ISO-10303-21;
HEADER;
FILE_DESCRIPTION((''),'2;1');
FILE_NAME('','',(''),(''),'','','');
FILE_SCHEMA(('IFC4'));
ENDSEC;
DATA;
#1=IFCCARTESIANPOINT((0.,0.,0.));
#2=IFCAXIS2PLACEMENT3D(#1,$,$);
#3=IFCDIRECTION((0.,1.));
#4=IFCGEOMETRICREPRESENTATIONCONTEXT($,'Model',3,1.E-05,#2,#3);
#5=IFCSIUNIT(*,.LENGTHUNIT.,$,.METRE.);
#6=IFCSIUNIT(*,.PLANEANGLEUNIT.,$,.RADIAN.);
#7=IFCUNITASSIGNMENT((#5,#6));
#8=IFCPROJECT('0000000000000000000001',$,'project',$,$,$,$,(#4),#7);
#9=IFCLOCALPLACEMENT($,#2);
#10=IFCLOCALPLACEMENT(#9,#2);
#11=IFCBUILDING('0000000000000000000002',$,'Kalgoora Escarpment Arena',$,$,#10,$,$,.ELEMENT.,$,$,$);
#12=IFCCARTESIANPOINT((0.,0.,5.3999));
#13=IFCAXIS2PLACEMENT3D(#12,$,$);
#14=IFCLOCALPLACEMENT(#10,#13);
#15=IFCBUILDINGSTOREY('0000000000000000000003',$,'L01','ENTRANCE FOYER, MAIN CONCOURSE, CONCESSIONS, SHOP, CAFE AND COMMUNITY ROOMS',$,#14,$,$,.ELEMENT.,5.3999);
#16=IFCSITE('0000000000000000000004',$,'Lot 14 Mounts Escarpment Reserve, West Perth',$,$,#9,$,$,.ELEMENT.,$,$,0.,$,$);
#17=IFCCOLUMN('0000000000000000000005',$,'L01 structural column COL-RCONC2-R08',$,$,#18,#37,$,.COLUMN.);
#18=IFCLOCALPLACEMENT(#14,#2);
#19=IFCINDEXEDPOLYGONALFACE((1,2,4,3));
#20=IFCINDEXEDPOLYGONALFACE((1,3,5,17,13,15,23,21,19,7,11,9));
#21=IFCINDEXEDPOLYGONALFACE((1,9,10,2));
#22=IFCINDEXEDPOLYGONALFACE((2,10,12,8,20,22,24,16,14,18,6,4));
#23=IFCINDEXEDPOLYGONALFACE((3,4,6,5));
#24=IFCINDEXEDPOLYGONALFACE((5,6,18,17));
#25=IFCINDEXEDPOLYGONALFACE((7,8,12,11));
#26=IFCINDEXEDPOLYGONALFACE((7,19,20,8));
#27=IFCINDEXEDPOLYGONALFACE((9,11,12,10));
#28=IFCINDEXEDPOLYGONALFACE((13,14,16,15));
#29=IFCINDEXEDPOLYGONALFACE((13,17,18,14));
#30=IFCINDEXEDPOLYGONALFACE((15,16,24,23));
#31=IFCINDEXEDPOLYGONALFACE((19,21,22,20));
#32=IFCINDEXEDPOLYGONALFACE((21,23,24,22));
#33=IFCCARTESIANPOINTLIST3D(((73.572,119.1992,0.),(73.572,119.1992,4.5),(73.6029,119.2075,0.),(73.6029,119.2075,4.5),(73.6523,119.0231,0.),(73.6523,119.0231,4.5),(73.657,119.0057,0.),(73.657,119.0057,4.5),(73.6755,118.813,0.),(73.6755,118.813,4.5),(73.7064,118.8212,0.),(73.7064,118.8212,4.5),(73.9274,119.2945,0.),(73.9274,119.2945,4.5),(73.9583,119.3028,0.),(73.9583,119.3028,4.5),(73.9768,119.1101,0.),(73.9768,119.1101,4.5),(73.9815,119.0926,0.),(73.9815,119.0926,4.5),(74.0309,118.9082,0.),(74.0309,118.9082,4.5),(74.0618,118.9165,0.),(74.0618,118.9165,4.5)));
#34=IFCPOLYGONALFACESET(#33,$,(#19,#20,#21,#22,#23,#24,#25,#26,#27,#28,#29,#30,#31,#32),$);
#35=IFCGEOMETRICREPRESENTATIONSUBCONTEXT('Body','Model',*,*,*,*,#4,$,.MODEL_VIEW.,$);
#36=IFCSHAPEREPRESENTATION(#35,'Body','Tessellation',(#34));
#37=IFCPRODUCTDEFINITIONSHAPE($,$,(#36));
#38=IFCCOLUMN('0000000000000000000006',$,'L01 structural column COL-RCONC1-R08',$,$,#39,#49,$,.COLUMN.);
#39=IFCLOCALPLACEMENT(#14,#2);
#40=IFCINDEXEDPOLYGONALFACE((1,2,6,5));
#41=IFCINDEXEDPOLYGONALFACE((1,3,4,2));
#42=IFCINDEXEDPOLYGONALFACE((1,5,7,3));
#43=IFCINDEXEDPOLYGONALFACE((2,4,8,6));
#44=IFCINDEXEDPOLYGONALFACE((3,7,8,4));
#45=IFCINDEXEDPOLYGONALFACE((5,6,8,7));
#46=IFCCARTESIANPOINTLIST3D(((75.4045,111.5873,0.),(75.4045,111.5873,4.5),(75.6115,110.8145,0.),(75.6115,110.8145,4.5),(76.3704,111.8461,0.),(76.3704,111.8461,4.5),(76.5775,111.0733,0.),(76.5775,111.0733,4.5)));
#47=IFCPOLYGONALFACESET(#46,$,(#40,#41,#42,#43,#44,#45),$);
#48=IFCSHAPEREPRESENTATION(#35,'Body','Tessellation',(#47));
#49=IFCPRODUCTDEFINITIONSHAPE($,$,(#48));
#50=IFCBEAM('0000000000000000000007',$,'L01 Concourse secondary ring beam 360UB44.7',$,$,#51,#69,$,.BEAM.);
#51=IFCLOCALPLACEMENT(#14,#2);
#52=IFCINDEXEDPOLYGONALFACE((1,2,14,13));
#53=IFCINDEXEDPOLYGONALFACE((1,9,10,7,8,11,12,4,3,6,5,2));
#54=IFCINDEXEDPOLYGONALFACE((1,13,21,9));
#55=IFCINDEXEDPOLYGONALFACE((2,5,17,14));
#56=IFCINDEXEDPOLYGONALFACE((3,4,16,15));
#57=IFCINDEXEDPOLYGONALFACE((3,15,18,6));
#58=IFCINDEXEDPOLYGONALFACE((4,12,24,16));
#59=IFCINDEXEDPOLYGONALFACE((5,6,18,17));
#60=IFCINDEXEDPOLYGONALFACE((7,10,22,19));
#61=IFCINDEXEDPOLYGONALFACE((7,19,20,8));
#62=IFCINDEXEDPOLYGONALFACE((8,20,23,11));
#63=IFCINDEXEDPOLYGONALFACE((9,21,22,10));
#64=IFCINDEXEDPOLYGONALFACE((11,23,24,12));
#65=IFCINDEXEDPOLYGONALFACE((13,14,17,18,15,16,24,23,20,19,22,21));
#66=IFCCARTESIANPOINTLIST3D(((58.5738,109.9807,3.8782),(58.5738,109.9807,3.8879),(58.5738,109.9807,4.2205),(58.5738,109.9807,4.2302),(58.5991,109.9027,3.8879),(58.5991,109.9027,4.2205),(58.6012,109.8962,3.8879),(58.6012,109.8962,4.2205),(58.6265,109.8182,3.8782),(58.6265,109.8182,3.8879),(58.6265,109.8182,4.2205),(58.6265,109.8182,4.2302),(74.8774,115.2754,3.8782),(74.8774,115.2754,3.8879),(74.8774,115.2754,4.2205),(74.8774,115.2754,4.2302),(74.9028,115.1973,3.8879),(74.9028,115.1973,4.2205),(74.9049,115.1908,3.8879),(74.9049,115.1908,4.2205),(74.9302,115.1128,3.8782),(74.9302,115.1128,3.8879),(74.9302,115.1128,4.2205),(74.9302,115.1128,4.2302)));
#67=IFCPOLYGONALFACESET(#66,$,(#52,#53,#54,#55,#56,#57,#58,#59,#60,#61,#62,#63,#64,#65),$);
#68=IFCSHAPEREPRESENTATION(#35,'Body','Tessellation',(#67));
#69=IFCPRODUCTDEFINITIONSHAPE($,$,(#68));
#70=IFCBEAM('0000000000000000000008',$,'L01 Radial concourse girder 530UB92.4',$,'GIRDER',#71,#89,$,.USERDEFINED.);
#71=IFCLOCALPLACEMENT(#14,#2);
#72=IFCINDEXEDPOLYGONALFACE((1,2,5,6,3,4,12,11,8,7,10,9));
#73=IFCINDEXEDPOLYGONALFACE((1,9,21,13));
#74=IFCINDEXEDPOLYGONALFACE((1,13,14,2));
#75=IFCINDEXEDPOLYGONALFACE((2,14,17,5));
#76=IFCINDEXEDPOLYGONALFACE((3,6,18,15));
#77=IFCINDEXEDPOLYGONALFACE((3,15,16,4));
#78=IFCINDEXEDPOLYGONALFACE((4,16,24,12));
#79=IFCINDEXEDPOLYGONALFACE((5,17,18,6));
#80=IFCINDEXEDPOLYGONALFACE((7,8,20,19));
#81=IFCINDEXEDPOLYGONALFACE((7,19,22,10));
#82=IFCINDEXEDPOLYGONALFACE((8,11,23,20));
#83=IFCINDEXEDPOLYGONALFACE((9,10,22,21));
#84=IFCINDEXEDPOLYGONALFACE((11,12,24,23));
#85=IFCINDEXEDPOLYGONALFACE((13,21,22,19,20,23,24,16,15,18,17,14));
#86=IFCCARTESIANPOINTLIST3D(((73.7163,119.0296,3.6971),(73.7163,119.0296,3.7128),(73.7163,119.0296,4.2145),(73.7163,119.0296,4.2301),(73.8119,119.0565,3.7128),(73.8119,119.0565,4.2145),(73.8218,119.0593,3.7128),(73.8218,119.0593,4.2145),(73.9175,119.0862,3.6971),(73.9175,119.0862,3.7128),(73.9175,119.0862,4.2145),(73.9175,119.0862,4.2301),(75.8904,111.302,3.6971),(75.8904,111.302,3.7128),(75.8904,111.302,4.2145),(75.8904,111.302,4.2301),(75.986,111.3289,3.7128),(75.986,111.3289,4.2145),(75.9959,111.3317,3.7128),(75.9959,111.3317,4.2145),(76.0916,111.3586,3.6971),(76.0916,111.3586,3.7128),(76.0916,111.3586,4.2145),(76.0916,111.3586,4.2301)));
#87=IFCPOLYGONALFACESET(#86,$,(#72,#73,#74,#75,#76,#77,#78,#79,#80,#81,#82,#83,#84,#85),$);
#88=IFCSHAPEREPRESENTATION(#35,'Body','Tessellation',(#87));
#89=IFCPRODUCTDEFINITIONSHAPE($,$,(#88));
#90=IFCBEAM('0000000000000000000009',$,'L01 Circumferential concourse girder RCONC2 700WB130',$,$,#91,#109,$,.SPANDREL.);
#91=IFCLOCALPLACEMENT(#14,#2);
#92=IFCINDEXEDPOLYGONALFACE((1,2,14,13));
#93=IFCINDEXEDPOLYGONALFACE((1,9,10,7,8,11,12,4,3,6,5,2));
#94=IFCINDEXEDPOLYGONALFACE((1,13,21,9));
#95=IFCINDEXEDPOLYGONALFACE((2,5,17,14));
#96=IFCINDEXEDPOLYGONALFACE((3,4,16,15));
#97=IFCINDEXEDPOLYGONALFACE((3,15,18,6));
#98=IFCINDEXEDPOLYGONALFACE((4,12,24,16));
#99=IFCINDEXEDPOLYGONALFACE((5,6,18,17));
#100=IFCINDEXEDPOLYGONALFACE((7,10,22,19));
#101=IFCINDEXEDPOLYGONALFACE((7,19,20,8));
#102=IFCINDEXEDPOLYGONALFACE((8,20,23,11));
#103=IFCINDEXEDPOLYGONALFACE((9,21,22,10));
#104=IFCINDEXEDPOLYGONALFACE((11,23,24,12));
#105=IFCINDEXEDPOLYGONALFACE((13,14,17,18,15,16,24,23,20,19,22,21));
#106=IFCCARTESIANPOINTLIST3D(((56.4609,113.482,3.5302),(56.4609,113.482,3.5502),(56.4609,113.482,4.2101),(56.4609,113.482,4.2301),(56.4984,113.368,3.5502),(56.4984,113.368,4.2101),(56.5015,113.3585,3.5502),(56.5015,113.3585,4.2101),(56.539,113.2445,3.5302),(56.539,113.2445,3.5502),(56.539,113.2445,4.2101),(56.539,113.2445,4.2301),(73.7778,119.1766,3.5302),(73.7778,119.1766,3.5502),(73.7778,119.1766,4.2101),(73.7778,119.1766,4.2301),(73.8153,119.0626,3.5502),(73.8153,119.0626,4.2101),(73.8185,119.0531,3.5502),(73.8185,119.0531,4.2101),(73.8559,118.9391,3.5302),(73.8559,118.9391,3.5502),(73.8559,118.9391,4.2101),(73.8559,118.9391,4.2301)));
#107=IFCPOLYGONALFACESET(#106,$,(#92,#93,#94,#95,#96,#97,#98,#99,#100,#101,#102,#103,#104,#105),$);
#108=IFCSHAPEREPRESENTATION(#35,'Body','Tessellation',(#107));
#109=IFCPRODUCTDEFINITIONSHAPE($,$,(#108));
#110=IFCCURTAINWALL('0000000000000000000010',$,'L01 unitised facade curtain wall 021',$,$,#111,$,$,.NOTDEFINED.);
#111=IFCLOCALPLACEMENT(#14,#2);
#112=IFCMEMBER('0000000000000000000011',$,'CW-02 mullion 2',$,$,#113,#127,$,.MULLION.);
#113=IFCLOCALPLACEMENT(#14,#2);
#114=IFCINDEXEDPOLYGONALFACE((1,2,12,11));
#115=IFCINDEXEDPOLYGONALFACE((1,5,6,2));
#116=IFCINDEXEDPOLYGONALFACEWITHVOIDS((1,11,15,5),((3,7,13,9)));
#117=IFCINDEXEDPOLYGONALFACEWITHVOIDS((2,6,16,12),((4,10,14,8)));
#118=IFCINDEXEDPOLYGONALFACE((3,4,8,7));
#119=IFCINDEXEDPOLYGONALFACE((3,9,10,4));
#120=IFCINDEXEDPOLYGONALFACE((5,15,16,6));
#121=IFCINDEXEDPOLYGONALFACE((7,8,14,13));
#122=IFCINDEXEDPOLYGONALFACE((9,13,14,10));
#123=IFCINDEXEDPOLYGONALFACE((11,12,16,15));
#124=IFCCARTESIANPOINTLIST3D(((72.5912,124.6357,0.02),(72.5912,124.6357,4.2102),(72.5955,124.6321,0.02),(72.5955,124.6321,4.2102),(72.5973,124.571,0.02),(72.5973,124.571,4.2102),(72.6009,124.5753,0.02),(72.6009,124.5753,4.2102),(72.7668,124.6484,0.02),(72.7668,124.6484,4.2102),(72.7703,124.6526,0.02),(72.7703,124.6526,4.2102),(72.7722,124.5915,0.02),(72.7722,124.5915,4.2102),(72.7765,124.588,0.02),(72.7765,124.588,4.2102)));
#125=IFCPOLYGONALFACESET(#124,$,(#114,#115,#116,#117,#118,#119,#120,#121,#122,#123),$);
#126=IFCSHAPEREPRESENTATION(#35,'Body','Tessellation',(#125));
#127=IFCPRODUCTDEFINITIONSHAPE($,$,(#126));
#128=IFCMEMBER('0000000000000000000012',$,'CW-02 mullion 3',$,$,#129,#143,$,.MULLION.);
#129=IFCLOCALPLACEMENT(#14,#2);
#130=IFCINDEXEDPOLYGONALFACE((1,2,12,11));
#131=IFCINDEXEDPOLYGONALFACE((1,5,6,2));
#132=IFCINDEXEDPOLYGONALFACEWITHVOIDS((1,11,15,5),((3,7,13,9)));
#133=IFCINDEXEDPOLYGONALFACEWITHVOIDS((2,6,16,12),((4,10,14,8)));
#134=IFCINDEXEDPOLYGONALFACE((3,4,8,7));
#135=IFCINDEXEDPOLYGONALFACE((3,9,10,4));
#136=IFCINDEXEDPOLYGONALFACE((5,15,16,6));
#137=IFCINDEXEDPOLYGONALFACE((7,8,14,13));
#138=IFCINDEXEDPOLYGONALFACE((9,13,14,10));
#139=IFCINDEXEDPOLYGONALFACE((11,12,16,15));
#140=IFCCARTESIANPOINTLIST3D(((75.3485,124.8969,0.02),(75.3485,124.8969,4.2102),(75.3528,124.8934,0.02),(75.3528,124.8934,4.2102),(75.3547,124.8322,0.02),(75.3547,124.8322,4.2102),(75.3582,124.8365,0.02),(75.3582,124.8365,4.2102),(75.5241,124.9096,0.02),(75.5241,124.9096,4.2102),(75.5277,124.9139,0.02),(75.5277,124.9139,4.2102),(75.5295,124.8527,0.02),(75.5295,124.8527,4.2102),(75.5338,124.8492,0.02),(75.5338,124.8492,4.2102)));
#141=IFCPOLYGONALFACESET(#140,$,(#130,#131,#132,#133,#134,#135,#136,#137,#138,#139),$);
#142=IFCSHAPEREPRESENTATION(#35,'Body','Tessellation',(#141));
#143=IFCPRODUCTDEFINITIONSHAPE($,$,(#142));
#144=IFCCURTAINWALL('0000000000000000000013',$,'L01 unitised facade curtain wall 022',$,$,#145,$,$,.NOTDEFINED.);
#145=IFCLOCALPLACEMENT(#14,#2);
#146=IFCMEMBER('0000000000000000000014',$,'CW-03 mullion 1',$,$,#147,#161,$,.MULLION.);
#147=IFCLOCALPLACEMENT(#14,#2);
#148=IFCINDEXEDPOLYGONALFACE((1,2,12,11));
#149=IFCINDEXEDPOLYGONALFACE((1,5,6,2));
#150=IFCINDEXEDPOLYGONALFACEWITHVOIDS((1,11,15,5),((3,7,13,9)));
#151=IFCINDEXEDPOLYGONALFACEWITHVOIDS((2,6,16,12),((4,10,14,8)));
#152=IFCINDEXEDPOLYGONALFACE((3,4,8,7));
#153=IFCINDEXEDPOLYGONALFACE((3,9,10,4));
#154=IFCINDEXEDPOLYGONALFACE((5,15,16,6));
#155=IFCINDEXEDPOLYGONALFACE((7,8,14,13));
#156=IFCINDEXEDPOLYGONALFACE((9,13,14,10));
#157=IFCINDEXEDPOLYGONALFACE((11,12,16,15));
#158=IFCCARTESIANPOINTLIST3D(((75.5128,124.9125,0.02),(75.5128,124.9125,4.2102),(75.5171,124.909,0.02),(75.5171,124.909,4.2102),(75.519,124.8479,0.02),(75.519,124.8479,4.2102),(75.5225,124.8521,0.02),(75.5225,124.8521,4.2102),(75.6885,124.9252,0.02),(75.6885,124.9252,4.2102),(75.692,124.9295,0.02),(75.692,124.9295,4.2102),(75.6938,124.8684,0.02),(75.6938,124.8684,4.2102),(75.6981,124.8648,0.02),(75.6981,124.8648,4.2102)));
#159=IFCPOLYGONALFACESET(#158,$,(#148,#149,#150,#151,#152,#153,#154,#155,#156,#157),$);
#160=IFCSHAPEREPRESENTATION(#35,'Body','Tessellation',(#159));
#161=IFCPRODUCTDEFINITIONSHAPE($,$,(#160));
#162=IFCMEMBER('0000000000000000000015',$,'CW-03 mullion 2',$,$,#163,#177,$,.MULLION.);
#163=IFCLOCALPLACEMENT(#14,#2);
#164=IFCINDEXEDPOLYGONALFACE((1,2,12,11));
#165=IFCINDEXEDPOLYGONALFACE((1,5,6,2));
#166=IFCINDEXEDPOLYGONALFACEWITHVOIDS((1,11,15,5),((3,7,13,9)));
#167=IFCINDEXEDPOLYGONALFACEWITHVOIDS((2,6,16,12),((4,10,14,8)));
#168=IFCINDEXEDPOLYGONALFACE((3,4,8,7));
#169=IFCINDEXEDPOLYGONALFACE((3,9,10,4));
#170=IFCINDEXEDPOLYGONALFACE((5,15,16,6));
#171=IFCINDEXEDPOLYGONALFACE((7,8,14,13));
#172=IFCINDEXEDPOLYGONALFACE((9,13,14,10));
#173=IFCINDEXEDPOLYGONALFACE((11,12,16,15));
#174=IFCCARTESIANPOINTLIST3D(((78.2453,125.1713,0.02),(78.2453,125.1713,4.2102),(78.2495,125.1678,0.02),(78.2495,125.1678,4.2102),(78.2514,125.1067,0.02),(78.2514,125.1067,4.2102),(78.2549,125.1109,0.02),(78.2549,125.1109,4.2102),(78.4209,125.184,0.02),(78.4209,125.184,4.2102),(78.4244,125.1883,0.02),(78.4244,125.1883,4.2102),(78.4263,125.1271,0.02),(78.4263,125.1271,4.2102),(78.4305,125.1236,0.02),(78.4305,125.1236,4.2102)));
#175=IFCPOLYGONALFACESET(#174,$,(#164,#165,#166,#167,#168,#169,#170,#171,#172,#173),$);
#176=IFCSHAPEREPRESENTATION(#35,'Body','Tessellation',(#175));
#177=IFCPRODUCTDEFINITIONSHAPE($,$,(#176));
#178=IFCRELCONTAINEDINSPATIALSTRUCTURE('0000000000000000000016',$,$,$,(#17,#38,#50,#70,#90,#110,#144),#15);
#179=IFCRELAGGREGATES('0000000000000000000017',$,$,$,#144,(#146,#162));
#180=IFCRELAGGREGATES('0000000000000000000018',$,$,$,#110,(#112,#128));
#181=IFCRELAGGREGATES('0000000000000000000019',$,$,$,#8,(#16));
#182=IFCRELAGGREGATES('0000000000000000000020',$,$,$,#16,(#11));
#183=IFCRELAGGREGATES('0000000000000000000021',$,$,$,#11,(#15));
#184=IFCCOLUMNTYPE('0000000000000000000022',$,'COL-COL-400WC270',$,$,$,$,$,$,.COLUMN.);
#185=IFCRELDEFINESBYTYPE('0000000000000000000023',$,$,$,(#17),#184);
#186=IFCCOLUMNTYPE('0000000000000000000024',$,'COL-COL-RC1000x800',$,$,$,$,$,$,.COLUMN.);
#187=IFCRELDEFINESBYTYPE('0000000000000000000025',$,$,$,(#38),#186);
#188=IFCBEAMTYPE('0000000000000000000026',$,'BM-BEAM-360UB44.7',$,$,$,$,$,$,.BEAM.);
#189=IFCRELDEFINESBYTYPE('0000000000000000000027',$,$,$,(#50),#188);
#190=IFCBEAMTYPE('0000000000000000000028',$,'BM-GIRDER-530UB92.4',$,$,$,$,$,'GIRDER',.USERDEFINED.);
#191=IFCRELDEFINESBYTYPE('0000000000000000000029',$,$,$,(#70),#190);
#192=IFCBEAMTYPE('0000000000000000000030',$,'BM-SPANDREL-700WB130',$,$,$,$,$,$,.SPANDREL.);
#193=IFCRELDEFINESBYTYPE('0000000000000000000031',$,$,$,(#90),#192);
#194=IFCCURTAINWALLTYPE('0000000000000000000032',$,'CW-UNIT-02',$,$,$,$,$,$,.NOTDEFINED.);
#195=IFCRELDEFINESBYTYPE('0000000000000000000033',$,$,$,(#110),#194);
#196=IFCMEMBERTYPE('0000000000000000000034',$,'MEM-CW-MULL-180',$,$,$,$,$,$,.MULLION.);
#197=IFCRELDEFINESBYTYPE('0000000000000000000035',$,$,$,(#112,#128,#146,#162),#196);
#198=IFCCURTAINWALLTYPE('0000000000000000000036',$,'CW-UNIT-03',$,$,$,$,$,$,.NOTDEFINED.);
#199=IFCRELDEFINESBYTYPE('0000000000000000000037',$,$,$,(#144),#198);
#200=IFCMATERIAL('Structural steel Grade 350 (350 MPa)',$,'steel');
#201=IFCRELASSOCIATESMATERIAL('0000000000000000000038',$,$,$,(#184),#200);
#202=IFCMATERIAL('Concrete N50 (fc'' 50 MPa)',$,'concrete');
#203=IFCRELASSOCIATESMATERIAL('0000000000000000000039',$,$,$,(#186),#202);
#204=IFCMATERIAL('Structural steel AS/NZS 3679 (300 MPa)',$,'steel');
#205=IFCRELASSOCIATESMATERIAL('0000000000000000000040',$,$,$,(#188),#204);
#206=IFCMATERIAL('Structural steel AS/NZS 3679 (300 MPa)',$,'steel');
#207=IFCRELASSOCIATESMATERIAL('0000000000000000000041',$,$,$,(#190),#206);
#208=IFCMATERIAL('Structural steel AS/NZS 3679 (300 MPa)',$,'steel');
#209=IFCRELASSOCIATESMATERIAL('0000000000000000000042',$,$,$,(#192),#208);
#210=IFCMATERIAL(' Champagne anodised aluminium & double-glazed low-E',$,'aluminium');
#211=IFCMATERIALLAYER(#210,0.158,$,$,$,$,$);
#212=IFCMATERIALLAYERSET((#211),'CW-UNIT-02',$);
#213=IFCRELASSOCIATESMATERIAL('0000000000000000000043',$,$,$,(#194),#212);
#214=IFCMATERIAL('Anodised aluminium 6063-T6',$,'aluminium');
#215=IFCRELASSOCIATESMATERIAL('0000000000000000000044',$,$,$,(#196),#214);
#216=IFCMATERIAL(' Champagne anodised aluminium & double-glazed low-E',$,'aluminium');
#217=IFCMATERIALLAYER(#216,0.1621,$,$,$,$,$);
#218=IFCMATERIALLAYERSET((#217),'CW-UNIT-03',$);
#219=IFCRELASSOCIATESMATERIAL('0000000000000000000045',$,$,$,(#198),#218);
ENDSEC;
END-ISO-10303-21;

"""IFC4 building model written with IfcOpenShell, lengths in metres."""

from ifc_helpers import new_model, si_unit, direction, frame, origin, origin_2d, place, context, subcontext, project, spatial, rectangle, hollow_rectangle, i_section, extrude, material, layer, layer_set, material_profile, profile_set, type_object, element, aggregate, save


model = new_model("IFC4")

# Units and contexts
model_context = context("Model", 3, precision=1e-05, world=origin(), true_north=direction((0.0, 1.0)))
body_context = subcontext(model_context, "Body", "Model", "MODEL_VIEW")
ifc_project = project(units=[si_unit("LENGTHUNIT", "METRE"), si_unit("PLANEANGLEUNIT", "RADIAN")], contexts=[model_context])

# Site, building, storey
site_placement = place(None, origin())
site = spatial("IfcSite", under=ifc_project, at=site_placement, Name="Lot 14 Mounts Escarpment Reserve, West Perth", CompositionType="ELEMENT", RefElevation=0.0)
building_placement = place(site_placement, origin())
building = spatial("IfcBuilding", under=site, at=building_placement, Name="Kalgoora Escarpment Arena", CompositionType="ELEMENT")
storey_placement = place(building_placement, frame((0.0, 0.0, 5.3999)))
storey = spatial("IfcBuildingStorey", under=building, at=storey_placement, Name="L01", Description="ENTRANCE FOYER, MAIN CONCOURSE, CONCESSIONS, SHOP, CAFE AND COMMUNITY ROOMS", CompositionType="ELEMENT", Elevation=5.3999)

# Columns
ifc_material_1 = material(Name="Structural steel Grade 350 (350 MPa)", Category="steel")
ifc_material_profile_1 = material_profile(ifc_material_1, i_section(OverallWidth=0.3999, OverallDepth=0.3999, WebThickness=0.0181, FlangeThickness=0.032, at=origin_2d()))
ifc_profile_set_1 = profile_set([ifc_material_profile_1], Name="Structural steel Grade 350 (350 MPa)")
column_type_1 = type_object("IfcColumnType", Name="COL-COL-400WC270", PredefinedType="COLUMN", material=ifc_profile_set_1)
column_1_placement = place(storey_placement, frame((73.8169, 119.0579, 0.0), z_axis=(0.0, 0.0, 1.0), x_axis=(-0.258819, 0.965926, 0.0)))
element("IfcColumn", 1, at=column_1_placement, inside=storey, type_object=column_type_1, Name="L01 structural column COL-RCONC2-R08", PredefinedType="COLUMN", context=body_context, shape_type="SweptSolid", body=[
    extrude(i_section(OverallWidth=0.3999, OverallDepth=0.3999, WebThickness=0.0181, FlangeThickness=0.032, at=origin_2d()), origin(), (0.0, 0.0, 1.0), 4.5),
])
ifc_material_2 = material(Name="Concrete N50 (fc' 50 MPa)", Category="concrete")
ifc_material_profile_2 = material_profile(ifc_material_2, rectangle(XDim=0.8, YDim=1.0, at=origin_2d()))
ifc_profile_set_2 = profile_set([ifc_material_profile_2], Name="Concrete N50 (fc' 50 MPa)")
column_type_2 = type_object("IfcColumnType", Name="COL-COL-RC1000x800", PredefinedType="COLUMN", material=ifc_profile_set_2)
column_2_placement = place(storey_placement, frame((75.991, 111.3303, 0.0), z_axis=(0.0, 0.0, 1.0), x_axis=(-0.258819, 0.965926, 0.0)))
element("IfcColumn", 2, at=column_2_placement, inside=storey, type_object=column_type_2, Name="L01 structural column COL-RCONC1-R08", PredefinedType="COLUMN", context=body_context, shape_type="SweptSolid", body=[
    extrude(rectangle(XDim=0.8, YDim=1.0, at=origin_2d()), origin(), (0.0, 0.0, 1.0), 4.5),
])

# Beams
ifc_material_3 = material(Name="Structural steel AS/NZS 3679 (300 MPa)", Category="steel")
ifc_material_profile_3 = material_profile(ifc_material_3, i_section(OverallWidth=0.1709, OverallDepth=0.3521, WebThickness=0.0068, FlangeThickness=0.0098, at=origin_2d()))
ifc_profile_set_3 = profile_set([ifc_material_profile_3], Name="Structural steel AS/NZS 3679 (300 MPa)")
beam_type_1 = type_object("IfcBeamType", Name="BM-BEAM-360UB44.7", PredefinedType="BEAM", material=ifc_profile_set_3)
beam_1_placement = place(storey_placement, frame((74.9038, 115.1941, 4.0542), z_axis=(-0.951103, -0.308874, 0.0), x_axis=(0.308874, -0.951103, 0.0)))
element("IfcBeam", 3, at=beam_1_placement, inside=storey, type_object=beam_type_1, Name="L01 Concourse secondary ring beam 360UB44.7", PredefinedType="BEAM", context=body_context, shape_type="SweptSolid", body=[
    extrude(i_section(OverallWidth=0.1709, OverallDepth=0.3521, WebThickness=0.0068, FlangeThickness=0.0098, at=origin_2d()), origin(), (0.0, 0.0, 1.0), 17.1418),
])
ifc_material_4 = material(Name="Structural steel AS/NZS 3679 (300 MPa)", Category="steel")
ifc_material_profile_4 = material_profile(ifc_material_4, i_section(OverallWidth=0.209, OverallDepth=0.533, WebThickness=0.0103, FlangeThickness=0.0156, at=origin_2d()))
ifc_profile_set_4 = profile_set([ifc_material_profile_4], Name="Structural steel AS/NZS 3679 (300 MPa)")
beam_type_2 = type_object("IfcBeamType", Name="BM-GIRDER-530UB92.4", ElementType="GIRDER", PredefinedType="USERDEFINED", material=ifc_profile_set_4)
beam_2_placement = place(storey_placement, frame((75.991, 111.3303, 3.9636), z_axis=(-0.270827, 0.962628, 0.0), x_axis=(-0.962628, -0.270827, 0.0)))
element("IfcBeam", 4, at=beam_2_placement, inside=storey, type_object=beam_type_2, Name="L01 Radial concourse girder 530UB92.4", ObjectType="GIRDER", PredefinedType="USERDEFINED", context=body_context, shape_type="SweptSolid", body=[
    extrude(i_section(OverallWidth=0.209, OverallDepth=0.533, WebThickness=0.0103, FlangeThickness=0.0156, at=origin_2d()), origin(), (0.0, 0.0, 1.0), 8.0276),
])
ifc_material_5 = material(Name="Structural steel AS/NZS 3679 (300 MPa)", Category="steel")
ifc_material_profile_5 = material_profile(ifc_material_5, i_section(OverallWidth=0.25, OverallDepth=0.7, WebThickness=0.01, FlangeThickness=0.02, at=origin_2d()))
ifc_profile_set_5 = profile_set([ifc_material_profile_5], Name="Structural steel AS/NZS 3679 (300 MPa)")
beam_type_3 = type_object("IfcBeamType", Name="BM-SPANDREL-700WB130", PredefinedType="SPANDREL", material=ifc_profile_set_5)
beam_3_placement = place(storey_placement, frame((73.8169, 119.0579, 3.8801), z_axis=(-0.949955, -0.312388, 0.0), x_axis=(0.312388, -0.949955, 0.0)))
element("IfcBeam", 5, at=beam_3_placement, inside=storey, type_object=beam_type_3, Name="L01 Circumferential concourse girder RCONC2 700WB130", PredefinedType="SPANDREL", context=body_context, shape_type="SweptSolid", body=[
    extrude(i_section(OverallWidth=0.25, OverallDepth=0.7, WebThickness=0.01, FlangeThickness=0.02, at=origin_2d()), origin(), (0.0, 0.0, 1.0), 18.2292),
])

# Curtain walls, members
ifc_material_6 = material(Name=" Champagne anodised aluminium & double-glazed low-E", Category="aluminium")
ifc_layer_1 = layer(ifc_material_6, 0.158)
ifc_layer_set_1 = layer_set([ifc_layer_1], Name="CW-UNIT-02")
curtain_wall_type_1 = type_object("IfcCurtainWallType", Name="CW-UNIT-02", PredefinedType="NOTDEFINED", material=ifc_layer_set_1)
curtain_wall_1_placement = place(storey_placement, origin())
curtain_wall_1 = element("IfcCurtainWall", 6, at=curtain_wall_1_placement, inside=storey, type_object=curtain_wall_type_1, Name="L01 unitised facade curtain wall 021", PredefinedType="NOTDEFINED")
ifc_material_7 = material(Name="Anodised aluminium 6063-T6", Category="aluminium")
ifc_material_profile_6 = material_profile(ifc_material_7, hollow_rectangle(XDim=0.0649, YDim=0.1799, WallThickness=0.0039, at=origin_2d()))
ifc_profile_set_6 = profile_set([ifc_material_profile_6], Name="Anodised aluminium 6063-T6")
member_type_1 = type_object("IfcMemberType", Name="MEM-CW-MULL-180", PredefinedType="MULLION", material=ifc_profile_set_6)
member_1_placement = place(storey_placement, frame((72.6838, 124.6118, 0.02), z_axis=(0.0, 0.0, 1.0), x_axis=(-0.094316, 0.995542, 0.0)))
member_1 = element("IfcMember", 7, at=member_1_placement, type_object=member_type_1, Name="CW-02 mullion 2", PredefinedType="MULLION", context=body_context, shape_type="SweptSolid", body=[
    extrude(hollow_rectangle(XDim=0.0649, YDim=0.1799, WallThickness=0.0039, at=origin_2d()), origin(), (0.0, 0.0, 1.0), 4.1902),
])
member_2_placement = place(storey_placement, frame((75.4412, 124.873, 0.02), z_axis=(0.0, 0.0, 1.0), x_axis=(-0.094316, 0.995542, 0.0)))
member_2 = element("IfcMember", 8, at=member_2_placement, type_object=member_type_1, Name="CW-02 mullion 3", PredefinedType="MULLION", context=body_context, shape_type="SweptSolid", body=[
    extrude(hollow_rectangle(XDim=0.0649, YDim=0.1799, WallThickness=0.0039, at=origin_2d()), origin(), (0.0, 0.0, 1.0), 4.1902),
])
ifc_material_8 = material(Name=" Champagne anodised aluminium & double-glazed low-E", Category="aluminium")
ifc_layer_2 = layer(ifc_material_8, 0.1621)
ifc_layer_set_2 = layer_set([ifc_layer_2], Name="CW-UNIT-03")
curtain_wall_type_2 = type_object("IfcCurtainWallType", Name="CW-UNIT-03", PredefinedType="NOTDEFINED", material=ifc_layer_set_2)
curtain_wall_2_placement = place(storey_placement, origin())
curtain_wall_2 = element("IfcCurtainWall", 9, at=curtain_wall_2_placement, inside=storey, type_object=curtain_wall_type_2, Name="L01 unitised facade curtain wall 022", PredefinedType="NOTDEFINED")
member_3_placement = place(storey_placement, frame((75.6055, 124.8887, 0.02), z_axis=(0.0, 0.0, 1.0), x_axis=(-0.094301, 0.995544, 0.0)))
member_3 = element("IfcMember", 10, at=member_3_placement, type_object=member_type_1, Name="CW-03 mullion 1", PredefinedType="MULLION", context=body_context, shape_type="SweptSolid", body=[
    extrude(hollow_rectangle(XDim=0.0649, YDim=0.1799, WallThickness=0.0039, at=origin_2d()), origin(), (0.0, 0.0, 1.0), 4.1902),
])
member_4_placement = place(storey_placement, frame((78.3379, 125.1475, 0.02), z_axis=(0.0, 0.0, 1.0), x_axis=(-0.094301, 0.995544, 0.0)))
member_4 = element("IfcMember", 11, at=member_4_placement, type_object=member_type_1, Name="CW-03 mullion 2", PredefinedType="MULLION", context=body_context, shape_type="SweptSolid", body=[
    extrude(hollow_rectangle(XDim=0.0649, YDim=0.1799, WallThickness=0.0039, at=origin_2d()), origin(), (0.0, 0.0, 1.0), 4.1902),
])

aggregate(curtain_wall_2, [member_3, member_4])
aggregate(curtain_wall_1, [member_1, member_2])

save(model, "model.ifc")
